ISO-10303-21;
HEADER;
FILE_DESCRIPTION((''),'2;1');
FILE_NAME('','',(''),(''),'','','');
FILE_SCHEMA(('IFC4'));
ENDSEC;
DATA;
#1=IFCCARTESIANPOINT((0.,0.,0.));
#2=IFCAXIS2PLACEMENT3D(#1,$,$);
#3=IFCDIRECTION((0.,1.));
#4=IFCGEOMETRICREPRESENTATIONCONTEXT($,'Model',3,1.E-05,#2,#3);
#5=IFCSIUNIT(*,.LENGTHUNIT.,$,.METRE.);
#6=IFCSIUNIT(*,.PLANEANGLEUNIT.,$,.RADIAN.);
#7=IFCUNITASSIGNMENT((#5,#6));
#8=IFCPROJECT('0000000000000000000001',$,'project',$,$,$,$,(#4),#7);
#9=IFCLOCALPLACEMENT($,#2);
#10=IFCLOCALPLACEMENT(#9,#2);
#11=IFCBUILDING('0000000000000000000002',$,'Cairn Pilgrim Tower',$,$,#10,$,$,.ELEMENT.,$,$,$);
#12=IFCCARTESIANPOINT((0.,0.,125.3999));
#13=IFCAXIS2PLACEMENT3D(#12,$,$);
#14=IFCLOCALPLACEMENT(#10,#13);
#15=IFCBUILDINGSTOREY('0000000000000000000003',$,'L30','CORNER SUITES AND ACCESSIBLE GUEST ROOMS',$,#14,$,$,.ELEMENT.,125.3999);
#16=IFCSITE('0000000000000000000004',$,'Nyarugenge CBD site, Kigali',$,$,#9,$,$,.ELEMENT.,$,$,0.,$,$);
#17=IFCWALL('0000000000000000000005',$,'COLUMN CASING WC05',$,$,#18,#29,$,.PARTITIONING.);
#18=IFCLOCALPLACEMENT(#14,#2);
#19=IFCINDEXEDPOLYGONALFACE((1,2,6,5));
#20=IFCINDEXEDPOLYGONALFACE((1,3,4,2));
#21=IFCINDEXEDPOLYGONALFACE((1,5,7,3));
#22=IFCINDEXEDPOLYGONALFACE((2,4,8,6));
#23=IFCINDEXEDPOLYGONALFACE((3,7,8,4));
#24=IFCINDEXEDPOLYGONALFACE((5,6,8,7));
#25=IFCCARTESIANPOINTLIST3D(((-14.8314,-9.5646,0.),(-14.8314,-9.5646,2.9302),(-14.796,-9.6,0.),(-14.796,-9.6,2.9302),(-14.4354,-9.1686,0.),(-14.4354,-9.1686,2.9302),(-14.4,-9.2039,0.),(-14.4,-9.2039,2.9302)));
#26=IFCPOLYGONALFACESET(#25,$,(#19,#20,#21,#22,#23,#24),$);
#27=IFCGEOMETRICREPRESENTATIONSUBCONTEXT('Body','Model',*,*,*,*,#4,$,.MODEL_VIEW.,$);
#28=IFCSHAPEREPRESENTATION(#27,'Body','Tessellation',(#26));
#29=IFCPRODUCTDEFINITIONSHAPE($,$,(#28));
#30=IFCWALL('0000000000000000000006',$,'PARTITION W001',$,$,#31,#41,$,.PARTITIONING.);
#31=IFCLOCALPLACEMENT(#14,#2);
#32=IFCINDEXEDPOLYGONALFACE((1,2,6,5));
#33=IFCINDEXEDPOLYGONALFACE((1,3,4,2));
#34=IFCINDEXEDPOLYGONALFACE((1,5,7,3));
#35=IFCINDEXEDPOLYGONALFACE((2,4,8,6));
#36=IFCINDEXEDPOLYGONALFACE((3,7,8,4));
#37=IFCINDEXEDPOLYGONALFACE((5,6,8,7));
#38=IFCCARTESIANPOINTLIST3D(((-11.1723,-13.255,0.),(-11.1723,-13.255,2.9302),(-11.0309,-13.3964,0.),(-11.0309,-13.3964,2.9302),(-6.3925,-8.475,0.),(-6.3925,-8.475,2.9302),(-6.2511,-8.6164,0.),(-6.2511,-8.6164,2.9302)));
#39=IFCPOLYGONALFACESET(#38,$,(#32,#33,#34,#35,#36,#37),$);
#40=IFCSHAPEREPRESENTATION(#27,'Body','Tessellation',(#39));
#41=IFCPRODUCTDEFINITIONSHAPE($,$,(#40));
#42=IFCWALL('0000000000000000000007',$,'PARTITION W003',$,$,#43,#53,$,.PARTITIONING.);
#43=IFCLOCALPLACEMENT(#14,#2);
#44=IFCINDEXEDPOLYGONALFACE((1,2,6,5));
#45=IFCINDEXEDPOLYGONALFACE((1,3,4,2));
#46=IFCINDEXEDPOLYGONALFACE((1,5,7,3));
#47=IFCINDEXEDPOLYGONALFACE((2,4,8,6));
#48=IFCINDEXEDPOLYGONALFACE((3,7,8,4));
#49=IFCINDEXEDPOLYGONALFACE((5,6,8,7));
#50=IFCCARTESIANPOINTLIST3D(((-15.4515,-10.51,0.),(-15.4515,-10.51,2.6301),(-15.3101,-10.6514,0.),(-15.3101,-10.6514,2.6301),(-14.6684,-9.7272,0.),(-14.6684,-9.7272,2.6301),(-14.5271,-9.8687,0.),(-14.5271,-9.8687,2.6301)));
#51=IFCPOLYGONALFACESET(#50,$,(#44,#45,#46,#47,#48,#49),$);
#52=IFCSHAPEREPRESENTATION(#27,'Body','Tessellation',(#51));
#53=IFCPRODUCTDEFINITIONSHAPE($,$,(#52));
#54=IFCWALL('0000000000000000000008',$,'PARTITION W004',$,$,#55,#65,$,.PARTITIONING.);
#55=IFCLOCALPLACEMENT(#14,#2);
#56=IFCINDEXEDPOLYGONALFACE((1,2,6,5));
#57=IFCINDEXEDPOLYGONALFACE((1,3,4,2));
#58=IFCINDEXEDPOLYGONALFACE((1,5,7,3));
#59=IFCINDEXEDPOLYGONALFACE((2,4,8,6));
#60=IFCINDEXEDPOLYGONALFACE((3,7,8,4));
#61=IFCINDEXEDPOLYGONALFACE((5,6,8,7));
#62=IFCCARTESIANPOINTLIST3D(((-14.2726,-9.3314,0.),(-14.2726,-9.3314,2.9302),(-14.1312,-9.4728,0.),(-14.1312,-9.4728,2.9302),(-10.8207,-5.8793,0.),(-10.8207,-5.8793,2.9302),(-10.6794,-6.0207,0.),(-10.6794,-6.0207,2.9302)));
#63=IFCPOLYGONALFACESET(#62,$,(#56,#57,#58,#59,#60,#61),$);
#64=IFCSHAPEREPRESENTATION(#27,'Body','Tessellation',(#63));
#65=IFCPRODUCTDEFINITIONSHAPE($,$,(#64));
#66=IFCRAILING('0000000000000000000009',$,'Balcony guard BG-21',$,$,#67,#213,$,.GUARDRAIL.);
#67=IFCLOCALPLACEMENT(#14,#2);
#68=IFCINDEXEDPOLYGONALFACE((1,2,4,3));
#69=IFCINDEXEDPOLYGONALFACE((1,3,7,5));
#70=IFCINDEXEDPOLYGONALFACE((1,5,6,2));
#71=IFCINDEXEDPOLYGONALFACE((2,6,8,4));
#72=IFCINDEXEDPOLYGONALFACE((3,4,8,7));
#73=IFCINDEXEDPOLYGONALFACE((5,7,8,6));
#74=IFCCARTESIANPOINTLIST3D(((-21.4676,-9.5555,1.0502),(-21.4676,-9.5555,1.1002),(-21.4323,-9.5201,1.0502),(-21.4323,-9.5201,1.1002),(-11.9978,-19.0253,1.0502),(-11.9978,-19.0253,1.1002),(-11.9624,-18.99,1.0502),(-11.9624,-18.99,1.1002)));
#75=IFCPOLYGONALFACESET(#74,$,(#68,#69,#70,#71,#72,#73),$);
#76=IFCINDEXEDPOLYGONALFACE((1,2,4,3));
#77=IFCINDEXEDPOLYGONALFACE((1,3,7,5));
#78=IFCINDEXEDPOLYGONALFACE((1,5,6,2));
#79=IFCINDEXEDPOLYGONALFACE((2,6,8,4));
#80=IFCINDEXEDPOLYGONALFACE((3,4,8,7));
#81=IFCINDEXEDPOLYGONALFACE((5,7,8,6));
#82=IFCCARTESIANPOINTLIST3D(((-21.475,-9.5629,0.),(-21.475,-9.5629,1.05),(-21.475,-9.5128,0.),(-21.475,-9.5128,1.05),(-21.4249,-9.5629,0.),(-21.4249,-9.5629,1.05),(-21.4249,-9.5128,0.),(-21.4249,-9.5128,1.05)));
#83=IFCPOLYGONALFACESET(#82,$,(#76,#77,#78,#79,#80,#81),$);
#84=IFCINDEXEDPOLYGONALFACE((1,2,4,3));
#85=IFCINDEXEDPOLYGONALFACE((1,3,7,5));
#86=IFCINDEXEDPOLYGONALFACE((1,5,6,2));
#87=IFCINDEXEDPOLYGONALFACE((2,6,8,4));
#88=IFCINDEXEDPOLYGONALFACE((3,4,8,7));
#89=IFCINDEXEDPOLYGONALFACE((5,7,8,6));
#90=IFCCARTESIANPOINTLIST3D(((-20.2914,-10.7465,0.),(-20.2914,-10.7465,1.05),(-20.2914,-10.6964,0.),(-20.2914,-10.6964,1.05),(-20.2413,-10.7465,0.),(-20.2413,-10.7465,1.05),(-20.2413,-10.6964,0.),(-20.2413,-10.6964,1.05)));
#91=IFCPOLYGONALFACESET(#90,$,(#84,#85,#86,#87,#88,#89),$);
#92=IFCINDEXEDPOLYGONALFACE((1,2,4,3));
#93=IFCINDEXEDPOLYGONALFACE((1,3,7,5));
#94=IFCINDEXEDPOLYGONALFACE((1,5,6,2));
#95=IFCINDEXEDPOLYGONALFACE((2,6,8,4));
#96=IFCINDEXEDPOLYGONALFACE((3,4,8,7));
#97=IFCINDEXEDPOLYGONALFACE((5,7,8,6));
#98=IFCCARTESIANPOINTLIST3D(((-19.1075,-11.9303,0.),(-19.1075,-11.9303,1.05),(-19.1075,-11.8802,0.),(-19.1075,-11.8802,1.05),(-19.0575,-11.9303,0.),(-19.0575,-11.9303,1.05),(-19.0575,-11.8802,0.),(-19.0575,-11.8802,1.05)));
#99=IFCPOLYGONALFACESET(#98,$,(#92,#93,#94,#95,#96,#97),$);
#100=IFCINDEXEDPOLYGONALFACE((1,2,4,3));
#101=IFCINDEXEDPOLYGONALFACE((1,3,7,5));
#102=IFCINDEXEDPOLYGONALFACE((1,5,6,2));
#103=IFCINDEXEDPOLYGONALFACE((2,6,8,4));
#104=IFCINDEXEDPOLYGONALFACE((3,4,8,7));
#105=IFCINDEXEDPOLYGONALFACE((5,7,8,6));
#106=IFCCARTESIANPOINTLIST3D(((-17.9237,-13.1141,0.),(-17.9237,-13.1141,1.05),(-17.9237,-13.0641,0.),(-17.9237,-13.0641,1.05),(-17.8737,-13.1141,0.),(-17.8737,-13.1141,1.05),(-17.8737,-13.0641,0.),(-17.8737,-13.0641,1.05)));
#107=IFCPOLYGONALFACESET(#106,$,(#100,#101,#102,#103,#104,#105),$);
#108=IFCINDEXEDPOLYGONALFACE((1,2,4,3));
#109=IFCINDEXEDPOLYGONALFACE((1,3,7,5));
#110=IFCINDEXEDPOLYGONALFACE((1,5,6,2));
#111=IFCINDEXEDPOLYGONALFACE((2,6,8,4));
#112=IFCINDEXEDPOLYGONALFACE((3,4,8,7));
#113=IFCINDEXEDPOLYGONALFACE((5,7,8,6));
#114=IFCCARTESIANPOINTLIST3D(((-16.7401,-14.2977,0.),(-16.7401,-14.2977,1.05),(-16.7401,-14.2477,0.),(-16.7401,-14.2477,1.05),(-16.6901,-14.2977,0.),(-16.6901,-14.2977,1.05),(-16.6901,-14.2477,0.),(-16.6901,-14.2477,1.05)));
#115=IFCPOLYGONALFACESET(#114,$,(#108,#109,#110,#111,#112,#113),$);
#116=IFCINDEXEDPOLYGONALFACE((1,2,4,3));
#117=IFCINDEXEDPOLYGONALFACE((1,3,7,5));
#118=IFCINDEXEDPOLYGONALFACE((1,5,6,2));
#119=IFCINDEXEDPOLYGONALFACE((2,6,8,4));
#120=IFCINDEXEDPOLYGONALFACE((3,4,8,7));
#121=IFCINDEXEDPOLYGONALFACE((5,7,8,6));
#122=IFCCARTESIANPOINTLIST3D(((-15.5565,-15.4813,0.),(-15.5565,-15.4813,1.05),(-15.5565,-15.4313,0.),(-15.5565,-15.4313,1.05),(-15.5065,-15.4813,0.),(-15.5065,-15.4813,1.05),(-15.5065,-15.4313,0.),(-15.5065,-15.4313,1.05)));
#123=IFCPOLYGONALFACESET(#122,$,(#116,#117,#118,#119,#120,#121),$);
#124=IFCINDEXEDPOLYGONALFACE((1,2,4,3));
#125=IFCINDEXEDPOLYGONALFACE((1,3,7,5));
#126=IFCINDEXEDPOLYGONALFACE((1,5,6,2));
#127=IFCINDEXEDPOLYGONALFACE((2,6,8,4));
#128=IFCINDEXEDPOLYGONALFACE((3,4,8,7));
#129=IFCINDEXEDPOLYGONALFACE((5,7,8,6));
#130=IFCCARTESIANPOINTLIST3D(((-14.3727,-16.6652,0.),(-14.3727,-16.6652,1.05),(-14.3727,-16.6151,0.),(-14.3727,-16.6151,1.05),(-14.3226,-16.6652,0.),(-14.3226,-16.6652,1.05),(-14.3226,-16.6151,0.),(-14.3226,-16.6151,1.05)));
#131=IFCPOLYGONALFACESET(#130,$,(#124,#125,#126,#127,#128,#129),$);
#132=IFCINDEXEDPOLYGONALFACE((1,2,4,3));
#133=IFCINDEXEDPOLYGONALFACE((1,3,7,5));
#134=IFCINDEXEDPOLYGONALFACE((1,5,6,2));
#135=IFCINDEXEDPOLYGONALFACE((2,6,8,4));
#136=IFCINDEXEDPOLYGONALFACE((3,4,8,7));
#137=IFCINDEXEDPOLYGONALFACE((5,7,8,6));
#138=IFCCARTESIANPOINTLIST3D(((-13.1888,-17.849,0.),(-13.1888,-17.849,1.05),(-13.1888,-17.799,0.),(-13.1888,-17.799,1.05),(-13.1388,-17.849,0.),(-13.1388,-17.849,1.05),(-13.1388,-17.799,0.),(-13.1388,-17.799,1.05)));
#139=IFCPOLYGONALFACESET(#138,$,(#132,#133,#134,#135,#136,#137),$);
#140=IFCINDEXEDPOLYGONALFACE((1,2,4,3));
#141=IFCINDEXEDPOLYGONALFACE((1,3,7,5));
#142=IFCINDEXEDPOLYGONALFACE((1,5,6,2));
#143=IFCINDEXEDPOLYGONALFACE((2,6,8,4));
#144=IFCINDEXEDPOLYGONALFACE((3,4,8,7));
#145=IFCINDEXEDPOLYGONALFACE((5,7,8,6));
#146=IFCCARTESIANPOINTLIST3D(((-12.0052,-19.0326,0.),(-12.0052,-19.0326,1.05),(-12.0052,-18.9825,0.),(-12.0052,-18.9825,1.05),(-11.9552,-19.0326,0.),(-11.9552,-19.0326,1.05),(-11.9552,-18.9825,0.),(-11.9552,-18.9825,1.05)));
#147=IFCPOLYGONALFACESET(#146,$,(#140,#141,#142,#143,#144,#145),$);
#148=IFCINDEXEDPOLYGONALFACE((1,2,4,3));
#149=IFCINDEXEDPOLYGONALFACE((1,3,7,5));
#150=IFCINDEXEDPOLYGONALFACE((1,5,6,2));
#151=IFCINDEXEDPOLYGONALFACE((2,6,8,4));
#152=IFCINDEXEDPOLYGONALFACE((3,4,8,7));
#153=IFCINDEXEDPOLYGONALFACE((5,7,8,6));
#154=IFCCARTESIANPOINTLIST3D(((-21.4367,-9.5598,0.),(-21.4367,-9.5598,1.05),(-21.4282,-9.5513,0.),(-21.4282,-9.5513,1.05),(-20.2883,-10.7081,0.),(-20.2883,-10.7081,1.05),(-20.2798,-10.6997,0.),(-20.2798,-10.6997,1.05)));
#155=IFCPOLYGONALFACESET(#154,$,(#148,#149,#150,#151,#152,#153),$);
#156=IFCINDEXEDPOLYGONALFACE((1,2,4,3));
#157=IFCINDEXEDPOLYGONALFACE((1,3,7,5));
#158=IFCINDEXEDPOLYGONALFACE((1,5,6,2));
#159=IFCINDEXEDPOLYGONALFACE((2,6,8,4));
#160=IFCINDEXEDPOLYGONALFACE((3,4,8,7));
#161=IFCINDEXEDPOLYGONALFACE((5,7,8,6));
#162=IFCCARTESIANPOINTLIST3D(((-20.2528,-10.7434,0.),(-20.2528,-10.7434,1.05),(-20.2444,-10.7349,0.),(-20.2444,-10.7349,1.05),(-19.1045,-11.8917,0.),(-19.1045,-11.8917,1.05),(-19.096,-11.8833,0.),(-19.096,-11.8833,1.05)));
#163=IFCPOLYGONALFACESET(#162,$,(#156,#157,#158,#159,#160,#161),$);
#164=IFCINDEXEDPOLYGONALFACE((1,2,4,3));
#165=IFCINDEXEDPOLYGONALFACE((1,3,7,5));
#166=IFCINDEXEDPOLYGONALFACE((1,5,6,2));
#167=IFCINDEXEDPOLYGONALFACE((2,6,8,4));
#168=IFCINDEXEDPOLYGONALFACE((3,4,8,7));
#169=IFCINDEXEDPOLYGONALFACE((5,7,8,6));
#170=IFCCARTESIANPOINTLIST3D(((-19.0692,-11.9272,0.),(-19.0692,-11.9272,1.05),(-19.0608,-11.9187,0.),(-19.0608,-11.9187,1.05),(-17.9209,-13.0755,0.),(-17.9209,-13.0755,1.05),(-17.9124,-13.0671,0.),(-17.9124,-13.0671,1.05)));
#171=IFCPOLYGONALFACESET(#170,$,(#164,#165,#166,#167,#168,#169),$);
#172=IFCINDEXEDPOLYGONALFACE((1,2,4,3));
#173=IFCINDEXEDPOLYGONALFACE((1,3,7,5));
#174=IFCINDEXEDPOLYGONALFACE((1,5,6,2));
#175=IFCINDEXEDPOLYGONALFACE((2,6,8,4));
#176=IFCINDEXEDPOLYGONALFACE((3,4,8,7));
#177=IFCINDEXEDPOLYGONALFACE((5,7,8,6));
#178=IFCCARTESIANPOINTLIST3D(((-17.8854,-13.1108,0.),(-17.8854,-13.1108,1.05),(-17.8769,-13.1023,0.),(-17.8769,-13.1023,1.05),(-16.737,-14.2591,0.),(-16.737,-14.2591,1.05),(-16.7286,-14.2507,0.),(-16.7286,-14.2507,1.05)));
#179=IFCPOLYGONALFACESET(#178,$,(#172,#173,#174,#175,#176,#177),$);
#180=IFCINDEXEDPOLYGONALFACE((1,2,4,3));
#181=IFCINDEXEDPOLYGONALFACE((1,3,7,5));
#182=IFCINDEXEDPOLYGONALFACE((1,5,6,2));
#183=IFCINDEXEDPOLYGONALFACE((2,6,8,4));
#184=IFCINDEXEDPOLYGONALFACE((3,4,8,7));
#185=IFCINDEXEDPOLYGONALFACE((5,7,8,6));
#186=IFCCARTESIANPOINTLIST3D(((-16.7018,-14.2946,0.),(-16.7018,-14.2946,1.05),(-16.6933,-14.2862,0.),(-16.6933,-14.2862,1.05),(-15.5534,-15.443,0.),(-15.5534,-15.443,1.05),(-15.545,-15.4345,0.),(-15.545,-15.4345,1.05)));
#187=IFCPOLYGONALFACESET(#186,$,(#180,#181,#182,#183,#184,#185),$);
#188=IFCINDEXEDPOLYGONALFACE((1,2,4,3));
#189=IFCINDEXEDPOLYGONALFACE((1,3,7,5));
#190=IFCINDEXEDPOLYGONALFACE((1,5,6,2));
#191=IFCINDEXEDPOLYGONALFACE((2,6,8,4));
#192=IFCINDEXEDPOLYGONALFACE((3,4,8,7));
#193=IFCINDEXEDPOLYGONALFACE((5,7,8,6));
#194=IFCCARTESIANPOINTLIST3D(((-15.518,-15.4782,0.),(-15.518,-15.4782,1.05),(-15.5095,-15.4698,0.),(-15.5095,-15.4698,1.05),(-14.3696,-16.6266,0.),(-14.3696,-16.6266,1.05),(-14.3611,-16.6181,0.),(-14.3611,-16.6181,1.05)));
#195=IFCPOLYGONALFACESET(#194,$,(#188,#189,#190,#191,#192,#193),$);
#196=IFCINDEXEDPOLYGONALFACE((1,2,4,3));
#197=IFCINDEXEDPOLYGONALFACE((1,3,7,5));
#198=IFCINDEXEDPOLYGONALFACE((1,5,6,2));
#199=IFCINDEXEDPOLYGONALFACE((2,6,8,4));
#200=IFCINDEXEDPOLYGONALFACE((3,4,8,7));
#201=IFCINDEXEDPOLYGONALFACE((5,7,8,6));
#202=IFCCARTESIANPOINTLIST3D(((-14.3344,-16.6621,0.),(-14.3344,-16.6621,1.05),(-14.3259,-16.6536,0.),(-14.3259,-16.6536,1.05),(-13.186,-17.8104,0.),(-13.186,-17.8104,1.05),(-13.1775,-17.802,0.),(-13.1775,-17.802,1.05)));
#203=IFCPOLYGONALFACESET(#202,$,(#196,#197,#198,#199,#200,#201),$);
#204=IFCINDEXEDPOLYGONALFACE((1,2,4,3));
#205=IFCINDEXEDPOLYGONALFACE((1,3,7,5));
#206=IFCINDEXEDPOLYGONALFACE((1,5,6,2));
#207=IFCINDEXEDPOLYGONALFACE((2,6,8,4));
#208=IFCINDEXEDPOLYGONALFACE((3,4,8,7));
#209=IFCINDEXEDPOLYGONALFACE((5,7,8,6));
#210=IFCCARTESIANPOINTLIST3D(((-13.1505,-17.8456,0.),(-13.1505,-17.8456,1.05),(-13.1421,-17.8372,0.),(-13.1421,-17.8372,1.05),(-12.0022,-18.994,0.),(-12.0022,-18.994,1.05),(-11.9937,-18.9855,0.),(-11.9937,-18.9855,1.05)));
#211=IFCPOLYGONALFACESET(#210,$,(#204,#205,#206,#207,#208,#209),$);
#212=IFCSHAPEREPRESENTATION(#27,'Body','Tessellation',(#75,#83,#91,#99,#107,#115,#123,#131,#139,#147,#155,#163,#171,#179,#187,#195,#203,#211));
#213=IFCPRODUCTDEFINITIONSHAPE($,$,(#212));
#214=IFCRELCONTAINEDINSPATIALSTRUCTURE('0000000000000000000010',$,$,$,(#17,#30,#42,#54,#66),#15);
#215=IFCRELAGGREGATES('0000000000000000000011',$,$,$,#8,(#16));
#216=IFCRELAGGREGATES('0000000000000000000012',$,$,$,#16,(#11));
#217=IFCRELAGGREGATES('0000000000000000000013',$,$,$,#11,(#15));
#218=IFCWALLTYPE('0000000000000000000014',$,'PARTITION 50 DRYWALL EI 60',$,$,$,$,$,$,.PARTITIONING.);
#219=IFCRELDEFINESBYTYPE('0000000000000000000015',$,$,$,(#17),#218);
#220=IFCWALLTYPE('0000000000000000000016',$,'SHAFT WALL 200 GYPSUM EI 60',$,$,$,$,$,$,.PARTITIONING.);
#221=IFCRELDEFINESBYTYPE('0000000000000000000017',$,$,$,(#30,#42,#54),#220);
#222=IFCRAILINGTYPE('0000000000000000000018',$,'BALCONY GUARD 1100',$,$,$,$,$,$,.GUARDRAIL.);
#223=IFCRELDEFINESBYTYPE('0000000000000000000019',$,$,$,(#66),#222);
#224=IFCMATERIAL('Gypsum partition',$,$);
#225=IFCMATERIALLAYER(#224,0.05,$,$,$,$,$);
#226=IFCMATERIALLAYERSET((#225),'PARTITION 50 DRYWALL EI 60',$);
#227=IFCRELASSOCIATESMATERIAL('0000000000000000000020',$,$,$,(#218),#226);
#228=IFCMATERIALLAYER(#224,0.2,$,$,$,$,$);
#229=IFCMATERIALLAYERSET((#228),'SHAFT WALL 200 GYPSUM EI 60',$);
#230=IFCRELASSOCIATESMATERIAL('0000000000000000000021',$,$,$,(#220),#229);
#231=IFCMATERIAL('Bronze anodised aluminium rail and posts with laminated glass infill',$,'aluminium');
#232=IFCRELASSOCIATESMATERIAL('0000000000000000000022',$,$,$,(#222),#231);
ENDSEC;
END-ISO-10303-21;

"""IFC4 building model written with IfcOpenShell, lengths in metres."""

from ifc_helpers import new_model, si_unit, direction, frame, frame_2d, origin, origin_2d, place, context, subcontext, project, spatial, polyline, rectangle, outline, extrude, material, layer, layer_set, type_object, element, save


model = new_model("IFC4")

# Units and contexts
model_context = context("Model", 3, precision=1e-05, world=origin(), true_north=direction((0.0, 1.0)))
body_context = subcontext(model_context, "Body", "Model", "MODEL_VIEW")
ifc_project = project(units=[si_unit("LENGTHUNIT", "METRE"), si_unit("PLANEANGLEUNIT", "RADIAN")], contexts=[model_context])

# Site, building, storey
site_placement = place(None, origin())
site = spatial("IfcSite", under=ifc_project, at=site_placement, Name="Nyarugenge CBD site, Kigali", CompositionType="ELEMENT", RefElevation=0.0)
building_placement = place(site_placement, origin())
building = spatial("IfcBuilding", under=site, at=building_placement, Name="Cairn Pilgrim Tower", CompositionType="ELEMENT")
storey_placement = place(building_placement, frame((0.0, 0.0, 125.3999)))
storey = spatial("IfcBuildingStorey", under=building, at=storey_placement, Name="L30", Description="CORNER SUITES AND ACCESSIBLE GUEST ROOMS", CompositionType="ELEMENT", Elevation=125.3999)

# Walls
ifc_material_1 = material(Name="Gypsum partition")
ifc_layer_1 = layer(ifc_material_1, 0.05)
ifc_layer_set_1 = layer_set([ifc_layer_1], Name="PARTITION 50 DRYWALL EI 60")
wall_type_1 = type_object("IfcWallType", Name="PARTITION 50 DRYWALL EI 60", PredefinedType="PARTITIONING", material=ifc_layer_set_1)
wall_1_placement = place(storey_placement, frame((-14.8137, -9.5823, 0.0), z_axis=(0.0, 0.0, 1.0), x_axis=(0.707107, 0.707107, 0.0)))
element("IfcWall", 1, at=wall_1_placement, inside=storey, type_object=wall_type_1, Name="COLUMN CASING WC05", PredefinedType="PARTITIONING", context=body_context, shape_type="SweptSolid", body=[
    extrude(rectangle(XDim=0.5601, YDim=0.05, at=frame_2d((0.28, 0.0))), origin(), (0.0, 0.0, 1.0), 2.9302),
])
ifc_layer_2 = layer(ifc_material_1, 0.2)
ifc_layer_set_2 = layer_set([ifc_layer_2], Name="SHAFT WALL 200 GYPSUM EI 60")
wall_type_2 = type_object("IfcWallType", Name="SHAFT WALL 200 GYPSUM EI 60", PredefinedType="PARTITIONING", material=ifc_layer_set_2)
wall_2_placement = place(storey_placement, frame((-11.1016, -13.3257, 0.0), z_axis=(0.0, 0.0, 1.0), x_axis=(0.707089, 0.707125, 0.0)))
element("IfcWall", 2, at=wall_2_placement, inside=storey, type_object=wall_type_2, Name="PARTITION W001", PredefinedType="PARTITIONING", context=body_context, shape_type="SweptSolid", body=[
    extrude(rectangle(XDim=6.7598, YDim=0.2, at=frame_2d((3.3799, 0.0))), origin(), (0.0, 0.0, 1.0), 2.9302),
])
wall_3_placement = place(storey_placement, frame((-15.3809, -10.5808, 0.0), z_axis=(0.0, 0.0, 1.0), x_axis=(0.707217, 0.706997, 0.0)))
element("IfcWall", 3, at=wall_3_placement, inside=storey, type_object=wall_type_2, Name="PARTITION W003", PredefinedType="PARTITIONING", context=body_context, shape_type="SweptSolid", body=[
    extrude(rectangle(XDim=1.1072, YDim=0.2, at=frame_2d((0.5537, 0.0))), origin(), (0.0, 0.0, 1.0), 2.6301),
])
wall_4_placement = place(storey_placement, frame((-14.2019, -9.4021, 0.0), z_axis=(0.0, 0.0, 1.0), x_axis=(0.707082, 0.707132, 0.0)))
element("IfcWall", 4, at=wall_4_placement, inside=storey, type_object=wall_type_2, Name="PARTITION W004", PredefinedType="PARTITIONING", context=body_context, shape_type="SweptSolid", body=[
    extrude(rectangle(XDim=4.8818, YDim=0.2, at=frame_2d((2.4409, 0.0))), origin(), (0.0, 0.0, 1.0), 2.9302),
])

# Railing
ifc_material_2 = material(Name="Bronze anodised aluminium rail and posts with laminated glass infill", Category="aluminium")
railing_type = type_object("IfcRailingType", Name="BALCONY GUARD 1100", PredefinedType="GUARDRAIL", material=ifc_material_2)
railing_1_placement = place(storey_placement, frame((-21.45, -9.5378, 0.0)))
element("IfcRailing", 5, at=railing_1_placement, inside=storey, type_object=railing_type, Name="Balcony guard BG-21", PredefinedType="GUARDRAIL", context=body_context, shape_type="SweptSolid", body=[
    extrude(rectangle(XDim=0.05, YDim=0.05, at=origin_2d()), frame((0.0, 0.0, 1.0752), z_axis=(0.707107, -0.707107, 0.0), x_axis=(0.707107, 0.707107, 0.0)), (0.0, 0.0, 1.0), 13.3923),
    extrude(rectangle(XDim=0.05, YDim=0.05, at=origin_2d()), origin(), (0.0, 0.0, 1.0), 1.05),
    extrude(rectangle(XDim=0.05, YDim=0.05, at=origin_2d()), frame((1.1836, -1.1836, 0.0)), (0.0, 0.0, 1.0), 1.05),
    extrude(rectangle(XDim=0.05, YDim=0.05, at=origin_2d()), frame((2.3674, -2.3674, 0.0)), (0.0, 0.0, 1.0), 1.05),
    extrude(rectangle(XDim=0.05, YDim=0.05, at=origin_2d()), frame((3.5513, -3.5513, 0.0)), (0.0, 0.0, 1.0), 1.05),
    extrude(rectangle(XDim=0.05, YDim=0.05, at=origin_2d()), frame((4.7349, -4.7349, 0.0)), (0.0, 0.0, 1.0), 1.05),
    extrude(rectangle(XDim=0.05, YDim=0.05, at=origin_2d()), frame((5.9185, -5.9185, 0.0)), (0.0, 0.0, 1.0), 1.05),
    extrude(rectangle(XDim=0.05, YDim=0.05, at=origin_2d()), frame((7.1023, -7.1023, 0.0)), (0.0, 0.0, 1.0), 1.05),
    extrude(rectangle(XDim=0.05, YDim=0.05, at=origin_2d()), frame((8.2861, -8.2861, 0.0)), (0.0, 0.0, 1.0), 1.05),
    extrude(rectangle(XDim=0.05, YDim=0.05, at=origin_2d()), frame((9.4697, -9.4697, 0.0)), (0.0, 0.0, 1.0), 1.05),
    extrude(outline(polyline([(0.0249, 0.0), (1.6489, 0.0), (1.6489, 1.05), (0.0249, 1.05), (0.0249, 0.0)])), frame((0.0042, 0.0042, 0.0), z_axis=(-0.707107, -0.707107, 0.0), x_axis=(0.707107, -0.707107, 0.0)), (0.0, 0.0, 1.0), 0.012),
    extrude(outline(polyline([(0.0249, 0.0), (1.6489, 0.0), (1.6489, 1.05), (0.0249, 1.05), (0.0249, 0.0)])), frame((1.188, -1.1794, 0.0), z_axis=(-0.707107, -0.707107, 0.0), x_axis=(0.707107, -0.707107, 0.0)), (0.0, 0.0, 1.0), 0.012),
    extrude(outline(polyline([(0.0249, 0.0), (1.6489, 0.0), (1.6489, 1.05), (0.0249, 1.05), (0.0249, 0.0)])), frame((2.3716, -2.3633, 0.0), z_axis=(-0.707107, -0.707107, 0.0), x_axis=(0.707107, -0.707107, 0.0)), (0.0, 0.0, 1.0), 0.012),
    extrude(outline(polyline([(0.0249, 0.0), (1.6489, 0.0), (1.6489, 1.05), (0.0249, 1.05), (0.0249, 0.0)])), frame((3.5554, -3.5469, 0.0), z_axis=(-0.707107, -0.707107, 0.0), x_axis=(0.707107, -0.707107, 0.0)), (0.0, 0.0, 1.0), 0.012),
    extrude(outline(polyline([(0.0249, 0.0), (1.6489, 0.0), (1.6489, 1.05), (0.0249, 1.05), (0.0249, 0.0)])), frame((4.739, -4.7307, 0.0), z_axis=(-0.707107, -0.707107, 0.0), x_axis=(0.707107, -0.707107, 0.0)), (0.0, 0.0, 1.0), 0.012),
    extrude(outline(polyline([(0.0249, 0.0), (1.6489, 0.0), (1.6489, 1.05), (0.0249, 1.05), (0.0249, 0.0)])), frame((5.9229, -5.9143, 0.0), z_axis=(-0.707107, -0.707107, 0.0), x_axis=(0.707107, -0.707107, 0.0)), (0.0, 0.0, 1.0), 0.012),
    extrude(outline(polyline([(0.0249, 0.0), (1.6489, 0.0), (1.6489, 1.05), (0.0249, 1.05), (0.0249, 0.0)])), frame((7.1064, -7.0981, 0.0), z_axis=(-0.707107, -0.707107, 0.0), x_axis=(0.707107, -0.707107, 0.0)), (0.0, 0.0, 1.0), 0.012),
    extrude(outline(polyline([(0.0249, 0.0), (1.6489, 0.0), (1.6489, 1.05), (0.0249, 1.05), (0.0249, 0.0)])), frame((8.2903, -8.2817, 0.0), z_axis=(-0.707107, -0.707107, 0.0), x_axis=(0.707107, -0.707107, 0.0)), (0.0, 0.0, 1.0), 0.012),
])

save(model, "model.ifc")
